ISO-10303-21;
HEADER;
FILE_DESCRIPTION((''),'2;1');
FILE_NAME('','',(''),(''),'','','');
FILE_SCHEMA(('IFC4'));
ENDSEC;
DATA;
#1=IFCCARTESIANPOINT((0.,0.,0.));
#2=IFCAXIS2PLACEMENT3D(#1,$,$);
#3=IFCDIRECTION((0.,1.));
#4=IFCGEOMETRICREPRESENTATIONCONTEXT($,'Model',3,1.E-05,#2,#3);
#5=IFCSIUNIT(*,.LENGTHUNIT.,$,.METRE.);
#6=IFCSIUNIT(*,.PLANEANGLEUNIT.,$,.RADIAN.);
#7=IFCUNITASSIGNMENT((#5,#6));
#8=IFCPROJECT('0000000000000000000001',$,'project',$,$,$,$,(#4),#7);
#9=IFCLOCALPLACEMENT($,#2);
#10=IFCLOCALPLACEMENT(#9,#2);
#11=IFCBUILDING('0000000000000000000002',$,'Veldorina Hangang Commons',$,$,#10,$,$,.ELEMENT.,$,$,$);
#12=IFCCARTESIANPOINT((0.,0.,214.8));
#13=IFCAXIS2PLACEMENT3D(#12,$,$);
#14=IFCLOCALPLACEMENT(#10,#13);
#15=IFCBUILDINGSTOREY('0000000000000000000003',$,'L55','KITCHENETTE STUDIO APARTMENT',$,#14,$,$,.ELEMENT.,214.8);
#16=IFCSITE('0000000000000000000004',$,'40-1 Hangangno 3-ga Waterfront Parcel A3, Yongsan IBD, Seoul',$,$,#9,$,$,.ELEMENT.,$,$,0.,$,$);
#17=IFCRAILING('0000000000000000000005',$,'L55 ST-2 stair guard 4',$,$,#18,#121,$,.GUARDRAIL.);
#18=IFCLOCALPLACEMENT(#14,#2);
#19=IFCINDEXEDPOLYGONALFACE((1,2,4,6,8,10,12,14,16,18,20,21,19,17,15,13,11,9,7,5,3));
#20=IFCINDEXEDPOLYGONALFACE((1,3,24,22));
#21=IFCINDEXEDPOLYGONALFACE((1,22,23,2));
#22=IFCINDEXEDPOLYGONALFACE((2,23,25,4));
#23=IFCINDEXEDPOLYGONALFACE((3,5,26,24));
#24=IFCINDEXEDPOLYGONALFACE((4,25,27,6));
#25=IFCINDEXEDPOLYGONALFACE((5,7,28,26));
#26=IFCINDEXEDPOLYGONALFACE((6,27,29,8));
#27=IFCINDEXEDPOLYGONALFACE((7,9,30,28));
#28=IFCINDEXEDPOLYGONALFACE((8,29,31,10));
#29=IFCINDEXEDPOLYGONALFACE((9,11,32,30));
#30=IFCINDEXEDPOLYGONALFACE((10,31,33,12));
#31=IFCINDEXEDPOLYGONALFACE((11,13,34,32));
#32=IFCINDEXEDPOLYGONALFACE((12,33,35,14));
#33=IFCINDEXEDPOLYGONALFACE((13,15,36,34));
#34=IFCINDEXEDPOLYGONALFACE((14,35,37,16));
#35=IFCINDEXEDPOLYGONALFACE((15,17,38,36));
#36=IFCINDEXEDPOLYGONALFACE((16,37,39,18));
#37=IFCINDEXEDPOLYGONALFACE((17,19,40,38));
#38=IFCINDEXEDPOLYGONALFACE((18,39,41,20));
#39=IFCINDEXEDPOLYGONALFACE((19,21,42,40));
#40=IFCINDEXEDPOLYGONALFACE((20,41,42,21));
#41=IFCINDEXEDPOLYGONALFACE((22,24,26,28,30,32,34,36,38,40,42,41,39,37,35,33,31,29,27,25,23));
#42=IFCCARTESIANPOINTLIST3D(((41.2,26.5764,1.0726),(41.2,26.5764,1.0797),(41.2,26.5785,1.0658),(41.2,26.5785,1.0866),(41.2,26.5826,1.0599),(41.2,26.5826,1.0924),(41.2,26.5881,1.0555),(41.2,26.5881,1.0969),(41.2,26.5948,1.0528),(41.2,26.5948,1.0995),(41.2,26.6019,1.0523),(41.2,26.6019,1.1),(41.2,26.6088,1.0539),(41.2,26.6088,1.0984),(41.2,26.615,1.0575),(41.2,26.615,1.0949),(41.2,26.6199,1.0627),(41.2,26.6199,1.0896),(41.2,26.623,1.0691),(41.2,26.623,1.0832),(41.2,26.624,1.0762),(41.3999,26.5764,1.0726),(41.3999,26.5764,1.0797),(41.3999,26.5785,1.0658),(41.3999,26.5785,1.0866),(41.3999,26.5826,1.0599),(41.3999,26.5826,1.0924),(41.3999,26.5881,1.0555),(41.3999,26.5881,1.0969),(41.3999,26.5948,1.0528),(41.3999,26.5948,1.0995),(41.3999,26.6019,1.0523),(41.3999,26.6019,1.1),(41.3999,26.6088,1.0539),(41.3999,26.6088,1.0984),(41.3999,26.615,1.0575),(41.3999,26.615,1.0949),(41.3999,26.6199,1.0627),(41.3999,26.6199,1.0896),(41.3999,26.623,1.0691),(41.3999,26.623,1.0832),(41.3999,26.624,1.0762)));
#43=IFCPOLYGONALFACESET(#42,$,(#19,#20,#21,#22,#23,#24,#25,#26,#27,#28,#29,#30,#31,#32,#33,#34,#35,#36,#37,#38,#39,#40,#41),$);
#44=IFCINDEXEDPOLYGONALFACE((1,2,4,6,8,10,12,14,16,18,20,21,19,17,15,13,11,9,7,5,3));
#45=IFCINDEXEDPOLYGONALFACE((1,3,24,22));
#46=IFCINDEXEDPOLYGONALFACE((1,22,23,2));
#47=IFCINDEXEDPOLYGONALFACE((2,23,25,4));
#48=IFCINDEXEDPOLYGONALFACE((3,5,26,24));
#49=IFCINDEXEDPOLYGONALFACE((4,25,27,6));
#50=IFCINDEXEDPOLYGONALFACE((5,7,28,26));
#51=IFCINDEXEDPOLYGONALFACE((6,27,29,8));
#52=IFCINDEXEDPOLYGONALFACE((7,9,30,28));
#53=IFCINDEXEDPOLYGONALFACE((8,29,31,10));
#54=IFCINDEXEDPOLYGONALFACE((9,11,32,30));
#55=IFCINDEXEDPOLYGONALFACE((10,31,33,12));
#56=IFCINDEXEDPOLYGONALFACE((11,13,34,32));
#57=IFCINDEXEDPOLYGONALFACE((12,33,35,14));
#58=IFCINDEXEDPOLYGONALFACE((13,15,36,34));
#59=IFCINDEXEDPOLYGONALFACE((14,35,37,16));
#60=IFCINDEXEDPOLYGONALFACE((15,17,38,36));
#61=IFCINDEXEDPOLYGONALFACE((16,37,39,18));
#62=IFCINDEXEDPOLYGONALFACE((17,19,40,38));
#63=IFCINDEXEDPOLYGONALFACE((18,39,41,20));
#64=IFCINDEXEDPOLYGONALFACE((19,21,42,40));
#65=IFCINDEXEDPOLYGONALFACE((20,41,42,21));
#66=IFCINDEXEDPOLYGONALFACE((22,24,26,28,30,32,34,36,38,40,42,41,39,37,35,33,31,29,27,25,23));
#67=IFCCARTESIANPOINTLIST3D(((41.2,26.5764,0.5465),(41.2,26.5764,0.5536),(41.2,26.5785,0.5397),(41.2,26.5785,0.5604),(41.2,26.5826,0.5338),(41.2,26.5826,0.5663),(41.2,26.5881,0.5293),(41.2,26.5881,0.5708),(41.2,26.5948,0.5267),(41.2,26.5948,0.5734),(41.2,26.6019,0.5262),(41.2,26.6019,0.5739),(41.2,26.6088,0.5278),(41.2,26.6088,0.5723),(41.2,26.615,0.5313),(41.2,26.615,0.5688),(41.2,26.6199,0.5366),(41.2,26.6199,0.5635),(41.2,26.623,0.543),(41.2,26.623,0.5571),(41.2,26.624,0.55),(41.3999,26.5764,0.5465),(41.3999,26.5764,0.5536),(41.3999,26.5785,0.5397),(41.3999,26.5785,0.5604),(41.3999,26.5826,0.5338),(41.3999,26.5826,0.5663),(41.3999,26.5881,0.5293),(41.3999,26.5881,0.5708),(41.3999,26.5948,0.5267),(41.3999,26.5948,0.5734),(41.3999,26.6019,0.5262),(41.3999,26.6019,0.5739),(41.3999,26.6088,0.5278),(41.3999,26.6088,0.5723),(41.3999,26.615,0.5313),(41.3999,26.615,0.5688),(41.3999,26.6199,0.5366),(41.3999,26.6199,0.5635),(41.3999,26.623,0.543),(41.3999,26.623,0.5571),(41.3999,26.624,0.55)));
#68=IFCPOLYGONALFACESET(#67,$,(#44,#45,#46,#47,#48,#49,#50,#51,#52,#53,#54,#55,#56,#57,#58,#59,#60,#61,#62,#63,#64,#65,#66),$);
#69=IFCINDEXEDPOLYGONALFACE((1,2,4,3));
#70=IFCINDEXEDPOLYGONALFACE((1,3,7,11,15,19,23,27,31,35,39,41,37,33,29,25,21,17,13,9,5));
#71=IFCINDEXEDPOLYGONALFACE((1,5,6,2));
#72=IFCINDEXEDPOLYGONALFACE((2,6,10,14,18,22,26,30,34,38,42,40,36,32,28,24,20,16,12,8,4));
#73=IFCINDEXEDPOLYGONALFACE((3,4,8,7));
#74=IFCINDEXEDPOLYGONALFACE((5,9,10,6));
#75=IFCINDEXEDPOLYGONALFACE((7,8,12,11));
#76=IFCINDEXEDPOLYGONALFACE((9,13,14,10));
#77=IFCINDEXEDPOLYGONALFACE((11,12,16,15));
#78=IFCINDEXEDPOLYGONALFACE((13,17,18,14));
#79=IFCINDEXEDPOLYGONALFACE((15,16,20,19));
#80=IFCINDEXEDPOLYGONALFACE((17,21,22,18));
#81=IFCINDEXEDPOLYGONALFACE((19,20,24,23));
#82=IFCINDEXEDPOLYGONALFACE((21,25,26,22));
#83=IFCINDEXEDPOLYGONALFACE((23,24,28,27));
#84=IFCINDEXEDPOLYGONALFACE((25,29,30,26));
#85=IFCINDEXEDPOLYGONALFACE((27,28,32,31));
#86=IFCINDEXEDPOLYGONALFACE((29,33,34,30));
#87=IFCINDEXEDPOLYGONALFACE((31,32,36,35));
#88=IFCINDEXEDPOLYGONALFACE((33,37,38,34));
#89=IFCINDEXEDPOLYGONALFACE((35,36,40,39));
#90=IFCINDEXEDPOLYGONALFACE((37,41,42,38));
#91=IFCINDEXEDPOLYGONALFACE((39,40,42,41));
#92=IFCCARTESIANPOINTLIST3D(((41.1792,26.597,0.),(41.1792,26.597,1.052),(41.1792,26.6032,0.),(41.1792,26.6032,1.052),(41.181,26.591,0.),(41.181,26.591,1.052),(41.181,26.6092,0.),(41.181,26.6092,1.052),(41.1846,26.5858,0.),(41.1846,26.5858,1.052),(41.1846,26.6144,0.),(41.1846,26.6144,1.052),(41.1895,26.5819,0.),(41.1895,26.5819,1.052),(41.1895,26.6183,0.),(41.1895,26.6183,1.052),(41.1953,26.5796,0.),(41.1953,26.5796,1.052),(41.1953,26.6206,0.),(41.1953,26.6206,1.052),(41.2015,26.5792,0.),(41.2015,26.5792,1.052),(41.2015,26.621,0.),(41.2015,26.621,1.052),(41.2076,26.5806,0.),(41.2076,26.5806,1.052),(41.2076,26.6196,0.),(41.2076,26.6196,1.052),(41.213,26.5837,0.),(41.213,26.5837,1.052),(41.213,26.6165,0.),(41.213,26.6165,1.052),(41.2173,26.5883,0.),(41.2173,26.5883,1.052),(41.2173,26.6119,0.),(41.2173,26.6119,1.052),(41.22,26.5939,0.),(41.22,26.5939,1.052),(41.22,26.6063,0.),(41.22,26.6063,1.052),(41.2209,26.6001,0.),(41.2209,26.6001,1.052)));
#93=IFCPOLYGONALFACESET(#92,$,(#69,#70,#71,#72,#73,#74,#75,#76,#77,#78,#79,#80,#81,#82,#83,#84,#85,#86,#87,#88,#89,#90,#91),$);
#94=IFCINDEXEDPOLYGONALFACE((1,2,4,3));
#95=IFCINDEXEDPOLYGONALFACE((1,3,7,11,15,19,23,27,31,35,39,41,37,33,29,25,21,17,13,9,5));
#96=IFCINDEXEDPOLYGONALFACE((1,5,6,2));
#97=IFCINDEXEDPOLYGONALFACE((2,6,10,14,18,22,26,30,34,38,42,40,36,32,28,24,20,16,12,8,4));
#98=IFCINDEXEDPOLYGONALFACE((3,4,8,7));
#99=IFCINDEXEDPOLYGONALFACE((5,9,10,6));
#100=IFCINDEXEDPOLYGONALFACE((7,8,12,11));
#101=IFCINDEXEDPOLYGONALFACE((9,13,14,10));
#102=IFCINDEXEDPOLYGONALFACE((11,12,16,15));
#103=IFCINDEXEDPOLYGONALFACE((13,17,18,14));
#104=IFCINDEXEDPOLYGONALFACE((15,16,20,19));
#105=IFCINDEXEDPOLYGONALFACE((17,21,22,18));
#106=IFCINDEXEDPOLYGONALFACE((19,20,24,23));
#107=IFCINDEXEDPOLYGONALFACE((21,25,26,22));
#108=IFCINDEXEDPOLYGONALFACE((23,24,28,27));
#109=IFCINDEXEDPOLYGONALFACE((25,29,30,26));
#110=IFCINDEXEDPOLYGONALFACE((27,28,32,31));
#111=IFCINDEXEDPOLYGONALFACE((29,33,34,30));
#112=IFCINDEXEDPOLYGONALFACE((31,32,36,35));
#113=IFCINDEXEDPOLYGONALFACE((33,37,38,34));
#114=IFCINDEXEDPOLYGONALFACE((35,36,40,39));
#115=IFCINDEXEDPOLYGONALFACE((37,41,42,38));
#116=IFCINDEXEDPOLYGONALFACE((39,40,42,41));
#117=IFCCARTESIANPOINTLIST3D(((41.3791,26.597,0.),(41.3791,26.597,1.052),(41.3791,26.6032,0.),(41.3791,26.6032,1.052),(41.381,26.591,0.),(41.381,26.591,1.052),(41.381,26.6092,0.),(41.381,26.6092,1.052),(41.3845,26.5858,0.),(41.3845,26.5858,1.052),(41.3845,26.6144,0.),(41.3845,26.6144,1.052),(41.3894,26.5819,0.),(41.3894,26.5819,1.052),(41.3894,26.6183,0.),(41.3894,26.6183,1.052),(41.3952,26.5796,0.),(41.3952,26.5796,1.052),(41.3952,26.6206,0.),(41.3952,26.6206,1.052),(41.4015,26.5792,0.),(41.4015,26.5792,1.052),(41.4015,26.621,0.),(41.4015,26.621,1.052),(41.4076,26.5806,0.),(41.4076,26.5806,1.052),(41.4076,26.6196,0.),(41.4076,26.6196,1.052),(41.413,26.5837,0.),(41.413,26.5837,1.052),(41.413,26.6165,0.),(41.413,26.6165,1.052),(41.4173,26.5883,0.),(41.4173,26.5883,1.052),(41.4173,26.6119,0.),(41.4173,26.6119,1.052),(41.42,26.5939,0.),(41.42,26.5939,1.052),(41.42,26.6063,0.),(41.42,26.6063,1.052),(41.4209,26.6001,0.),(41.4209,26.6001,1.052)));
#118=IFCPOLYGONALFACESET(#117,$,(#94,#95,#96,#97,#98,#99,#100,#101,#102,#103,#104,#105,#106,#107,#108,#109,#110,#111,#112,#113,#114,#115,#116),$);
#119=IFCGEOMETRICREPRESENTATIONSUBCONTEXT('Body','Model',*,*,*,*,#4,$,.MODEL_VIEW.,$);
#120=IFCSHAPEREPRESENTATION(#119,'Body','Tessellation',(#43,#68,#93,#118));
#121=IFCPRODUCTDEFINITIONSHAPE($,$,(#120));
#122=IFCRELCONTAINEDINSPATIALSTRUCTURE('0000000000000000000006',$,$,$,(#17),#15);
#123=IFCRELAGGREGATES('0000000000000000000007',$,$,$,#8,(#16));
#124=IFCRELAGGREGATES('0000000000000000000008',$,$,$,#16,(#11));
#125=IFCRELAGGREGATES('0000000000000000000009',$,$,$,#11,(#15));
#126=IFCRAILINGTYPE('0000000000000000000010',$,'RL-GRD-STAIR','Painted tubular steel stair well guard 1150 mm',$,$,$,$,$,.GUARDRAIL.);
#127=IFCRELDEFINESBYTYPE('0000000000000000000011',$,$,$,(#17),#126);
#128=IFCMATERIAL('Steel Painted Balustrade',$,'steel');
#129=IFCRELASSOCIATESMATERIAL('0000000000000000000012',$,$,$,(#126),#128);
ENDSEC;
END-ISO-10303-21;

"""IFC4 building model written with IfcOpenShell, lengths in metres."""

from ifc_helpers import new_model, si_unit, direction, frame, origin, origin_2d, place, context, subcontext, project, spatial, circle, extrude, material, type_object, element, save


model = new_model("IFC4")

# Units and contexts
model_context = context("Model", 3, precision=1e-05, world=origin(), true_north=direction((0.0, 1.0)))
body_context = subcontext(model_context, "Body", "Model", "MODEL_VIEW")
ifc_project = project(units=[si_unit("LENGTHUNIT", "METRE"), si_unit("PLANEANGLEUNIT", "RADIAN")], contexts=[model_context])

# Site, building, storey
site_placement = place(None, origin())
site = spatial("IfcSite", under=ifc_project, at=site_placement, Name="40-1 Hangangno 3-ga Waterfront Parcel A3, Yongsan IBD, Seoul", CompositionType="ELEMENT", RefElevation=0.0)
building_placement = place(site_placement, origin())
building = spatial("IfcBuilding", under=site, at=building_placement, Name="Veldorina Hangang Commons", CompositionType="ELEMENT")
storey_placement = place(building_placement, frame((0.0, 0.0, 214.8)))
storey = spatial("IfcBuildingStorey", under=building, at=storey_placement, Name="L55", Description="KITCHENETTE STUDIO APARTMENT", CompositionType="ELEMENT", Elevation=214.8)

# Railing
ifc_material_1 = material(Name="Steel Painted Balustrade", Category="steel")
railing_type_1 = type_object("IfcRailingType", Name="RL-GRD-STAIR", Description="Painted tubular steel stair well guard 1150 mm", PredefinedType="GUARDRAIL", material=ifc_material_1)
railing_1_placement = place(storey_placement, frame((41.2, 26.6001, 0.0)))
element("IfcRailing", 1, at=railing_1_placement, inside=storey, type_object=railing_type_1, Name="L55 ST-2 stair guard 4", PredefinedType="GUARDRAIL", context=body_context, shape_type="SweptSolid", body=[
    extrude(circle(Radius=0.0239, at=origin_2d()), frame((0.0, 0.0, 1.0762), z_axis=(1.0, 0.0, 0.0), x_axis=(0.0, 1.0, 0.0)), (0.0, 0.0, 1.0), 0.2),
    extrude(circle(Radius=0.0239, at=origin_2d()), frame((0.0, 0.0, 0.55), z_axis=(1.0, 0.0, 0.0), x_axis=(0.0, 1.0, 0.0)), (0.0, 0.0, 1.0), 0.2),
    extrude(circle(Radius=0.021, at=origin_2d()), origin(), (0.0, 0.0, 1.0), 1.052),
    extrude(circle(Radius=0.021, at=origin_2d()), frame((0.2, 0.0, 0.0)), (0.0, 0.0, 1.0), 1.052),
])

save(model, "model.ifc")
